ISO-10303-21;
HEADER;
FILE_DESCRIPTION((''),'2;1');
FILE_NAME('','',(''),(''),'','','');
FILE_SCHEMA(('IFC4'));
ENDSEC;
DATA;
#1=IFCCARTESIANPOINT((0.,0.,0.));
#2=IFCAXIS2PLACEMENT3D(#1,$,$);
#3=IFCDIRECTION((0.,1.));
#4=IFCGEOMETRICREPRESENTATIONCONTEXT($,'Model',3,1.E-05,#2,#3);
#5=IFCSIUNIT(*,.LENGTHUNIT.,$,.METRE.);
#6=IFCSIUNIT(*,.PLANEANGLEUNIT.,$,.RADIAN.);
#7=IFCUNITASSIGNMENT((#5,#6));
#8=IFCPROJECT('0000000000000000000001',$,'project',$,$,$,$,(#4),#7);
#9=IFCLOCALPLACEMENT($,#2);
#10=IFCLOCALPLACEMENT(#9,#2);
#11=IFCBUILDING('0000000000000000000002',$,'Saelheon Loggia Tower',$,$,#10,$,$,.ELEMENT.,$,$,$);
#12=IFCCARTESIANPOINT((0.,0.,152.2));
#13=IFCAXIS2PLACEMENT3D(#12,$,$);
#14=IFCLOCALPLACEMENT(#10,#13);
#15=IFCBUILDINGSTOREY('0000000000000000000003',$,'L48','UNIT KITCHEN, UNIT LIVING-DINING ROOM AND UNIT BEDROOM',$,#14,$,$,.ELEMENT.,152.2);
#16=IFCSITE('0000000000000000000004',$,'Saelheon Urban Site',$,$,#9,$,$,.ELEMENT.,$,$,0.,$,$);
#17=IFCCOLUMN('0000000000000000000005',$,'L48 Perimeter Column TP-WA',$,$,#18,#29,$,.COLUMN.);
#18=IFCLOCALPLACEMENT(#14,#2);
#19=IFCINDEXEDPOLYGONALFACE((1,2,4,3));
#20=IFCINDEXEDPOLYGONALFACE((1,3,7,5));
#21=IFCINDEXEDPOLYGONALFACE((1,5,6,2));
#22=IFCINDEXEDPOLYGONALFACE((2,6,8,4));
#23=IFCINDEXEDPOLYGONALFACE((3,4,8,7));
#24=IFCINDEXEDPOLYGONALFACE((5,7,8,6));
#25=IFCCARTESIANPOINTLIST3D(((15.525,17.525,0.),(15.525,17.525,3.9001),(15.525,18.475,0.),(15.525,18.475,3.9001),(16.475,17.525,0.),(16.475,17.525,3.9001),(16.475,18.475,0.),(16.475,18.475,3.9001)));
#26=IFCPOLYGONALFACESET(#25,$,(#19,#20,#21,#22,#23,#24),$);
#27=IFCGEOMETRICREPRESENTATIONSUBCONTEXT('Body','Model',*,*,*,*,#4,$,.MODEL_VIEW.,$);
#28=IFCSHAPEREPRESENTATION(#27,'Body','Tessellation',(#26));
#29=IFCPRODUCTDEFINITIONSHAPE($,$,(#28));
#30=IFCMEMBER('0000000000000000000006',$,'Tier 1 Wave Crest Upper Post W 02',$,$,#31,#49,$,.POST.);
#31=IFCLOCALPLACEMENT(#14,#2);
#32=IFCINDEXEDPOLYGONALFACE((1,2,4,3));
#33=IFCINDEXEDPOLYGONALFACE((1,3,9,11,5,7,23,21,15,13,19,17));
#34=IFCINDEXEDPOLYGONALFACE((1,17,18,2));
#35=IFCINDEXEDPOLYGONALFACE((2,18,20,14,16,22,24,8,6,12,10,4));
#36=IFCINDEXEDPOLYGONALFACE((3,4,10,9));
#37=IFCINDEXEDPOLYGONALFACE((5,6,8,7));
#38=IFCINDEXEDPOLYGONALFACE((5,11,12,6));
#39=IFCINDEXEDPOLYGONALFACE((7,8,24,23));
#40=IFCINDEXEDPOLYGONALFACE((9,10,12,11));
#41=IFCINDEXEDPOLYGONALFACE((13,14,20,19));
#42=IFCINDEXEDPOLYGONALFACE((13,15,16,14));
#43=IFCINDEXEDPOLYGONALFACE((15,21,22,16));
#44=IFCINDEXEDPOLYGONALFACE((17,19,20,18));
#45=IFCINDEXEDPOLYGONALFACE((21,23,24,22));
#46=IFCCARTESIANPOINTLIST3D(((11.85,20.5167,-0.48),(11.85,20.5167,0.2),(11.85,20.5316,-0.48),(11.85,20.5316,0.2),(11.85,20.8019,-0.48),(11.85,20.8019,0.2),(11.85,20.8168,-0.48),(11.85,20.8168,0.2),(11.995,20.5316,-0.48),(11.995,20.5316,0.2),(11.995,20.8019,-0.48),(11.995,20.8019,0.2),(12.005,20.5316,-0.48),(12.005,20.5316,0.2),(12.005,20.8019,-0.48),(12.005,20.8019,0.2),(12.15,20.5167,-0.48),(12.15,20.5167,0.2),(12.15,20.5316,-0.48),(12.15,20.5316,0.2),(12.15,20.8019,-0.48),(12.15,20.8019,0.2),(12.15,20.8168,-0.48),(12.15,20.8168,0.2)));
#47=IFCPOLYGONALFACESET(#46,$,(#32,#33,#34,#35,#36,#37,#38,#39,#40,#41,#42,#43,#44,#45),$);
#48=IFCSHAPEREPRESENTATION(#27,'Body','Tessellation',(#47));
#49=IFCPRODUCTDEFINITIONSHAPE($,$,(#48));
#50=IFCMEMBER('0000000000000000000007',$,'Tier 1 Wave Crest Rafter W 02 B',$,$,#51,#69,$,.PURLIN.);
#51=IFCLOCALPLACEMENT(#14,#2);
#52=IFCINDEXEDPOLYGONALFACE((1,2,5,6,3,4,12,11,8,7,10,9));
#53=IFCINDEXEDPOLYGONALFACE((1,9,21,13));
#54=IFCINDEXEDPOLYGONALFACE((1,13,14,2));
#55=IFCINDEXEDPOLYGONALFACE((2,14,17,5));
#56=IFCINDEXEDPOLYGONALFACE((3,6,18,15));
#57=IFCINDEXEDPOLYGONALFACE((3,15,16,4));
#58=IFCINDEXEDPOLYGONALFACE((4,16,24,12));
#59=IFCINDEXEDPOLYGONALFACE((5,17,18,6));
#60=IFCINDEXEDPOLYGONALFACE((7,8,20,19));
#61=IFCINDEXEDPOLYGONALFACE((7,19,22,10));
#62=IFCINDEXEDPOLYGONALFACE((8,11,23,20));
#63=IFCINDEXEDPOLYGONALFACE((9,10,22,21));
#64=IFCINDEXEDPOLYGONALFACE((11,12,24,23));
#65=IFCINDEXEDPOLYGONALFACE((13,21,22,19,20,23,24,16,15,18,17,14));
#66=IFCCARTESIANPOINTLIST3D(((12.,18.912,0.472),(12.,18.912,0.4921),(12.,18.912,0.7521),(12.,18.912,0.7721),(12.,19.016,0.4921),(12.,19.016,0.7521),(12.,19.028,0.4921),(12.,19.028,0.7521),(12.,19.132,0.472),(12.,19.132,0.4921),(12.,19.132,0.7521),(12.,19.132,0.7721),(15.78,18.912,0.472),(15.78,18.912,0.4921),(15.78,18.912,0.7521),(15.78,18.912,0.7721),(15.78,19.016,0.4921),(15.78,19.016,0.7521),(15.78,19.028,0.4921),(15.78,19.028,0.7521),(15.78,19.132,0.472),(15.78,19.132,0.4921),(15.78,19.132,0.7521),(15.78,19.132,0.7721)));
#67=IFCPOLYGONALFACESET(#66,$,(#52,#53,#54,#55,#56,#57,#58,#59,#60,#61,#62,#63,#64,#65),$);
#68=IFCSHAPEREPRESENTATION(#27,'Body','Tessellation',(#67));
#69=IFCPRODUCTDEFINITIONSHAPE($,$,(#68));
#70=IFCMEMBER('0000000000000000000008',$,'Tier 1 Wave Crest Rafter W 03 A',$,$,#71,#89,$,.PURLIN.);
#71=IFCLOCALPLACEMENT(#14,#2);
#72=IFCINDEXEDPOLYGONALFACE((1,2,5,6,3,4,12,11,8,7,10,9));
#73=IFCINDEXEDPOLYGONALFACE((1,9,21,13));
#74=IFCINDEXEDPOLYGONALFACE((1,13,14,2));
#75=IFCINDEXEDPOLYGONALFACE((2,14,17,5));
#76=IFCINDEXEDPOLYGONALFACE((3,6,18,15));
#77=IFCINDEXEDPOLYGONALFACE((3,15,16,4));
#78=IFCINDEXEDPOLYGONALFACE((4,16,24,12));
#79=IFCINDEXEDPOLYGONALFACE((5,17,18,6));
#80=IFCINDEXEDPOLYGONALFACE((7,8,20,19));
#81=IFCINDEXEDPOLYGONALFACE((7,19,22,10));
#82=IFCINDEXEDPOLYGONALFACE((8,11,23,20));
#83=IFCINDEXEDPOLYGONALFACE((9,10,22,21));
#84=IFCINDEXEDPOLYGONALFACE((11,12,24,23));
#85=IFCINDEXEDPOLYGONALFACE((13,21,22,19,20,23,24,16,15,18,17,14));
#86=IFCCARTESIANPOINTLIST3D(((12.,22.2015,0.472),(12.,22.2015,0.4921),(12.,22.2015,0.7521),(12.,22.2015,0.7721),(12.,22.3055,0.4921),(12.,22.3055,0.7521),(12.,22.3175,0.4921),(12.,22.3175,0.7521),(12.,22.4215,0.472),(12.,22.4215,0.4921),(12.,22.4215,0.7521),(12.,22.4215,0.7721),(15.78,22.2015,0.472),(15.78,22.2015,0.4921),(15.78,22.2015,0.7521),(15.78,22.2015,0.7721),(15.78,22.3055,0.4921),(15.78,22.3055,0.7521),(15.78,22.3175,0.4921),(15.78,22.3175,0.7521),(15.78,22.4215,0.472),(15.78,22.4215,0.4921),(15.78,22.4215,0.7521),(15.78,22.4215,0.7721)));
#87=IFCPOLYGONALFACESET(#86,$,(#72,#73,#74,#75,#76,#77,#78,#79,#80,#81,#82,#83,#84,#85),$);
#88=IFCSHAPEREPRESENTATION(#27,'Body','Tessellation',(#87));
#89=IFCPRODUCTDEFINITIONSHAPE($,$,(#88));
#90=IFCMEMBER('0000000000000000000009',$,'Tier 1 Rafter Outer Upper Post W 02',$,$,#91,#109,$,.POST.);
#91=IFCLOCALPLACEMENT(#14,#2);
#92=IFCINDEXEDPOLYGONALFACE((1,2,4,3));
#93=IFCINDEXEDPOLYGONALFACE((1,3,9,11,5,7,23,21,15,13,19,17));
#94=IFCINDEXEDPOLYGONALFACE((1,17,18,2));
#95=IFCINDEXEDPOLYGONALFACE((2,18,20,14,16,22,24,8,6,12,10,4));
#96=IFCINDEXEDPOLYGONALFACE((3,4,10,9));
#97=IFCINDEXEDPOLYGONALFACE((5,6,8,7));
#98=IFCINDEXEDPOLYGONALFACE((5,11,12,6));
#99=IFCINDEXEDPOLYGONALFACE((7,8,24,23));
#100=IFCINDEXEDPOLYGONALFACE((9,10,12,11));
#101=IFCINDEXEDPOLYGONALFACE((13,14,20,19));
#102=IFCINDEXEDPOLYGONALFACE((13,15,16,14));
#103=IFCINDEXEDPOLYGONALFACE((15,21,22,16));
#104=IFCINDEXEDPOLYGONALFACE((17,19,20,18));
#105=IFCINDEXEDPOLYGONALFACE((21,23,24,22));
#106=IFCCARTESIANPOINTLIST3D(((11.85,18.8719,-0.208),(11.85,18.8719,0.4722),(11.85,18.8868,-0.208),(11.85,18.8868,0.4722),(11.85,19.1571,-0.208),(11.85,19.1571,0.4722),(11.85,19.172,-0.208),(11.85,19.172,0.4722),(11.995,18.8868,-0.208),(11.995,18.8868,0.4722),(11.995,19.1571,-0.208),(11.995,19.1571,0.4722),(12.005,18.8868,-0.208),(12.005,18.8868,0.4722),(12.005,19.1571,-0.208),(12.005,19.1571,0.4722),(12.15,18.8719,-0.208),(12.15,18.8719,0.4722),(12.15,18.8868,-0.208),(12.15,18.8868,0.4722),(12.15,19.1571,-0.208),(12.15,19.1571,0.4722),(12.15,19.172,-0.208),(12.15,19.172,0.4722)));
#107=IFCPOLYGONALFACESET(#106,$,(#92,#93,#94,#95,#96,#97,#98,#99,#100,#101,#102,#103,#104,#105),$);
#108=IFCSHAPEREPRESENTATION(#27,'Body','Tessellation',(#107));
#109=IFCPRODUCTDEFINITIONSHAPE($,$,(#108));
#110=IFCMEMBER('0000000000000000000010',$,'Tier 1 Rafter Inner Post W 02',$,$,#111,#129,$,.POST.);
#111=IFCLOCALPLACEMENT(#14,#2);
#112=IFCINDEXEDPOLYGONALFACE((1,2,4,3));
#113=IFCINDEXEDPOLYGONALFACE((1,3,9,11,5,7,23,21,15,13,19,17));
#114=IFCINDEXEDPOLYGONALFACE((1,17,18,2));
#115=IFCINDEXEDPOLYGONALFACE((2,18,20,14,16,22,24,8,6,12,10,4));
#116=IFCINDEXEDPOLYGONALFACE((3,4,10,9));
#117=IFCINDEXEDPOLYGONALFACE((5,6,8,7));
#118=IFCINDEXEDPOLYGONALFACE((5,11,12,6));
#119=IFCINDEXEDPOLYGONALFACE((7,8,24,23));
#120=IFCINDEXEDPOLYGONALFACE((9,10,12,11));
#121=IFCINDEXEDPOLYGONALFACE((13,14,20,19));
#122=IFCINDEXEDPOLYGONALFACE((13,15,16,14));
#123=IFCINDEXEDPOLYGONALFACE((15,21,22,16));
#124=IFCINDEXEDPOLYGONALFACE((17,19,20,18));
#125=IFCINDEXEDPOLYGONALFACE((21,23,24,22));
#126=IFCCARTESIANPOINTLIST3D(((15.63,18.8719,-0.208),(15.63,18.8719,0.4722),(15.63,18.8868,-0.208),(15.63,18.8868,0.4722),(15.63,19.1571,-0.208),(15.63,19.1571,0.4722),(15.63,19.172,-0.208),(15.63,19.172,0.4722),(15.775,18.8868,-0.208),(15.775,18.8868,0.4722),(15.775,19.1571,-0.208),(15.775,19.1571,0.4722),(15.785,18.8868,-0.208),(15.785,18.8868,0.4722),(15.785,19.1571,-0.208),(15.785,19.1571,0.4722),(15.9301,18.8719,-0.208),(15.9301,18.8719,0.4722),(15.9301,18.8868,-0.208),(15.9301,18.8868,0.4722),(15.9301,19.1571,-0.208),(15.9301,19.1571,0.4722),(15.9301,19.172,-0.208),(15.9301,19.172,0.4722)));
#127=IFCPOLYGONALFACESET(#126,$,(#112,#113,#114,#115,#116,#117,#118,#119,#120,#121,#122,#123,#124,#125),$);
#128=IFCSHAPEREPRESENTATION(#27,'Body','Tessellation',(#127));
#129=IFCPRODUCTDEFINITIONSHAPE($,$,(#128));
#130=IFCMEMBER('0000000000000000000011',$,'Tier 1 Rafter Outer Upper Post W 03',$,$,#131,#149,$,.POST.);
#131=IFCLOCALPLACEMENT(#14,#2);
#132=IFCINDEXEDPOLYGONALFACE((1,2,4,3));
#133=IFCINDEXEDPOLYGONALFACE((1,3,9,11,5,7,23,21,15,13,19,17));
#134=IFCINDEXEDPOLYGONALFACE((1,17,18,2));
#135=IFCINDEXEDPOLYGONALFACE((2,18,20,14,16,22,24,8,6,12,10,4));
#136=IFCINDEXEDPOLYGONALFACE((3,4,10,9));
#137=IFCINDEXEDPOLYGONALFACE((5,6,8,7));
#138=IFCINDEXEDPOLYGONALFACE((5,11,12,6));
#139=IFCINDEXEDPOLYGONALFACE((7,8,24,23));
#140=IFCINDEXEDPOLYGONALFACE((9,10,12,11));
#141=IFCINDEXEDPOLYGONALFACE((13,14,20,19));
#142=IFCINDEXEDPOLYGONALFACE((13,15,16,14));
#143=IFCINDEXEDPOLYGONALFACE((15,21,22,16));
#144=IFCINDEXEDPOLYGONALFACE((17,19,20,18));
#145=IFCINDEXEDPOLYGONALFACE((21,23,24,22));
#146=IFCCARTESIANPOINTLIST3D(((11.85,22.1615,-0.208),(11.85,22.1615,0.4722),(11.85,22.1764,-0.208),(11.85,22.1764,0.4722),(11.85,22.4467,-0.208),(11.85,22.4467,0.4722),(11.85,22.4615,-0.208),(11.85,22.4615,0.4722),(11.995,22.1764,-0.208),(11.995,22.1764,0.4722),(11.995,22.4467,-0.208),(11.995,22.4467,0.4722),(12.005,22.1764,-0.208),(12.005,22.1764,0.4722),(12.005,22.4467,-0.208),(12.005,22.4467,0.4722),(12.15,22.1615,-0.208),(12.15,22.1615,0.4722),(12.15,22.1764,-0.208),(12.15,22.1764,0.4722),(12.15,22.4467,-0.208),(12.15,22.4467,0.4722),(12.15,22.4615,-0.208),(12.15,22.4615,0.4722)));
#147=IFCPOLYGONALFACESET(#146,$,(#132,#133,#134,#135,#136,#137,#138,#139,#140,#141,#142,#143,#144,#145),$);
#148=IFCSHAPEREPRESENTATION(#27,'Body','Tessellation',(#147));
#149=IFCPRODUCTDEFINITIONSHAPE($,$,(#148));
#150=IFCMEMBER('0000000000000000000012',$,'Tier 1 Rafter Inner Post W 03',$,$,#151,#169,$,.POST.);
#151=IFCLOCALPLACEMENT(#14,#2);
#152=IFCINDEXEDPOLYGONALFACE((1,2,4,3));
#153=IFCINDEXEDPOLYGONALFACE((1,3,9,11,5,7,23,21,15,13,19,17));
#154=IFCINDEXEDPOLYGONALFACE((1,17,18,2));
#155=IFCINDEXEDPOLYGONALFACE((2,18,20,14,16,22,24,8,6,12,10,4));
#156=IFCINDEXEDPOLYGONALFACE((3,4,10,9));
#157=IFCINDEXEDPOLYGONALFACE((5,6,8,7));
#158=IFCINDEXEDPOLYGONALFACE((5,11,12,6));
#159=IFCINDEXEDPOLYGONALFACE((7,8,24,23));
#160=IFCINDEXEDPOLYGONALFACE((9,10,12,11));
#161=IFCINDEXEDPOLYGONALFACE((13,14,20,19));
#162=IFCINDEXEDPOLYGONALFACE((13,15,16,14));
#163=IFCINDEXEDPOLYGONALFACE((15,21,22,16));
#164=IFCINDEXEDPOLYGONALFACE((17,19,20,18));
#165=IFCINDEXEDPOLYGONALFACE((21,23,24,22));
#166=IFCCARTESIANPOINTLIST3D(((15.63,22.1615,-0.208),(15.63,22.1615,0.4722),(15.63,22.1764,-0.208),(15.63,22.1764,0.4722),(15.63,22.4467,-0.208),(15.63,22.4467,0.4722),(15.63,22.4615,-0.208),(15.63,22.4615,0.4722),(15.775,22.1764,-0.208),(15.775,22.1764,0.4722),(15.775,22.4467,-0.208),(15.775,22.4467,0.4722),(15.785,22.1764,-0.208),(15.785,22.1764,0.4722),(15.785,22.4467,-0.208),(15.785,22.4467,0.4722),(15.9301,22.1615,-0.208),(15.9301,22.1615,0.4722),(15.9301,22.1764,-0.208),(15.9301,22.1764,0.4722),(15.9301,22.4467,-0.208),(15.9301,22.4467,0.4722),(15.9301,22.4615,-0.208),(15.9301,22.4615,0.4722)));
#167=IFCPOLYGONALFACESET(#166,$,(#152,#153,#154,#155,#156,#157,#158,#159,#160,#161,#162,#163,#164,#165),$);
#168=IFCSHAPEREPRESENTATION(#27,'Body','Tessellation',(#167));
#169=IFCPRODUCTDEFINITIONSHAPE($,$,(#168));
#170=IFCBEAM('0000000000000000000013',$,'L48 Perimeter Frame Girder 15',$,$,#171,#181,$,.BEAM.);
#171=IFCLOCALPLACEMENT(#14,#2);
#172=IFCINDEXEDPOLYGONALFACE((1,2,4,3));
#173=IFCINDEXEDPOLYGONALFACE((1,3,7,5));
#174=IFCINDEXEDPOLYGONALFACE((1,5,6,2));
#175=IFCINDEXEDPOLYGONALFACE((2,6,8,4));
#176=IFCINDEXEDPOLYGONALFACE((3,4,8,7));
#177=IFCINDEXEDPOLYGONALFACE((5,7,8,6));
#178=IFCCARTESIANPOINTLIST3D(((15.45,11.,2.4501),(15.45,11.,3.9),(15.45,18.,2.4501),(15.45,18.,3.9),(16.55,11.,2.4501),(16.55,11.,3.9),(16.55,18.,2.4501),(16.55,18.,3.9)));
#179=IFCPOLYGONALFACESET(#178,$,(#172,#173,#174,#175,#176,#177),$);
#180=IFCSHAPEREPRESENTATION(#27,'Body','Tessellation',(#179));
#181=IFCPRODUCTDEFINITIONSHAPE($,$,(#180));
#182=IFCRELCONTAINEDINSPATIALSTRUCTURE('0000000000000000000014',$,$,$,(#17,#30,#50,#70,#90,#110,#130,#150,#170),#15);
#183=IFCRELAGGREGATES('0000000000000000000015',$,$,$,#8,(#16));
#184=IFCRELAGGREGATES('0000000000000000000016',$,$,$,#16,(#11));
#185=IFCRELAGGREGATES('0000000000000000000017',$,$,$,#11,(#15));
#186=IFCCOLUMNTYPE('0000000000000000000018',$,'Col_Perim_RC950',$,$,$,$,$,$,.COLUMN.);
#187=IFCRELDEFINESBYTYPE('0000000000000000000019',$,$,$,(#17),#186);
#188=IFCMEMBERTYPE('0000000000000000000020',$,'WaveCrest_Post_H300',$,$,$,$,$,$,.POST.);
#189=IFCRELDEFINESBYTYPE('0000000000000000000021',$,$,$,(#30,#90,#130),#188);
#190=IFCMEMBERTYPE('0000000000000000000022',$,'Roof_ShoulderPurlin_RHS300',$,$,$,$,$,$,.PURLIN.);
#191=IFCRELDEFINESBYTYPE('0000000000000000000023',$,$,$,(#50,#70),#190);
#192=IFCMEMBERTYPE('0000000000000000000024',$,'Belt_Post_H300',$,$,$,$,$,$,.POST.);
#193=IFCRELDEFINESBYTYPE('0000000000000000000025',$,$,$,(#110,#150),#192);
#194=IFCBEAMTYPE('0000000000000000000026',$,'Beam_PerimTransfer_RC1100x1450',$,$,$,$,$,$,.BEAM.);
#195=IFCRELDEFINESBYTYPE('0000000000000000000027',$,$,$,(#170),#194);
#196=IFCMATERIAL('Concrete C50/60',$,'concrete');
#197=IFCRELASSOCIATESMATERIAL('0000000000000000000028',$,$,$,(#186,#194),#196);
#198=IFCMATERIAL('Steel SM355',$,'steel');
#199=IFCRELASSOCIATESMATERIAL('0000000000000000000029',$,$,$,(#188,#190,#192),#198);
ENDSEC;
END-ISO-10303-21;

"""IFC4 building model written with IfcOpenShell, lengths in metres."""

from ifc_helpers import new_model, si_unit, direction, frame, origin, origin_2d, place, context, subcontext, project, spatial, rectangle, i_section, extrude, source, transform, mapped, material, material_profile, profile_set, type_object, element, save


model = new_model("IFC4")

# Units and contexts
model_context = context("Model", 3, precision=1e-05, world=origin(), true_north=direction((0.0, 1.0)))
body_context = subcontext(model_context, "Body", "Model", "MODEL_VIEW")
ifc_project = project(units=[si_unit("LENGTHUNIT", "METRE"), si_unit("PLANEANGLEUNIT", "RADIAN")], contexts=[model_context])

# Site, building, storey
site_placement = place(None, origin())
site = spatial("IfcSite", under=ifc_project, at=site_placement, Name="Saelheon Urban Site", CompositionType="ELEMENT", RefElevation=0.0)
building_placement = place(site_placement, origin())
building = spatial("IfcBuilding", under=site, at=building_placement, Name="Saelheon Loggia Tower", CompositionType="ELEMENT")
storey_placement = place(building_placement, frame((0.0, 0.0, 152.2)))
storey = spatial("IfcBuildingStorey", under=building, at=storey_placement, Name="L48", Description="UNIT KITCHEN, UNIT LIVING-DINING ROOM AND UNIT BEDROOM", CompositionType="ELEMENT", Elevation=152.2)

# Column
ifc_material_1 = material(Name="Concrete C50/60", Category="concrete")
ifc_material_profile_1 = material_profile(ifc_material_1, rectangle(XDim=0.95, YDim=0.95, at=origin_2d()), Name="RC-950x950")
ifc_profile_set_1 = profile_set([ifc_material_profile_1], Name="Concrete C50/60")
column_type = type_object("IfcColumnType", Name="Col_Perim_RC950", PredefinedType="COLUMN", material=ifc_profile_set_1)
shared_shape_1 = source(origin(), body_context, "Body", "SweptSolid", [
    extrude(rectangle(XDim=0.95, YDim=0.95, at=origin_2d()), origin(), (0.0, 0.0, 1.0), 3.9001),
])
column_placement = place(storey_placement, frame((16.0, 18.0, 0.0), z_axis=(0.0, 0.0, 1.0), x_axis=(1.0, 0.0, 0.0)))
element("IfcColumn", 1, at=column_placement, inside=storey, type_object=column_type, Name="L48 Perimeter Column TP-WA", PredefinedType="COLUMN", context=body_context, shape_type="MappedRepresentation", body=[
    mapped(shared_shape_1, transform((0.0, 0.0, 0.0), scale=1.0)),
])

# Members
ifc_material_2 = material(Name="Steel SM355", Category="steel")
ifc_material_profile_2 = material_profile(ifc_material_2, i_section(OverallWidth=0.3, OverallDepth=0.3, WebThickness=0.01, FlangeThickness=0.0149, at=origin_2d()), Name="H-300x300x10x15")
ifc_profile_set_2 = profile_set([ifc_material_profile_2], Name="Steel SM355")
member_type_1 = type_object("IfcMemberType", Name="WaveCrest_Post_H300", PredefinedType="POST", material=ifc_profile_set_2)
shared_shape_2 = source(origin(), body_context, "Body", "SweptSolid", [
    extrude(i_section(OverallWidth=0.3, OverallDepth=0.3, WebThickness=0.01, FlangeThickness=0.0149, at=origin_2d()), origin(), (0.0, 0.0, 1.0), 0.6799),
])
member_1_placement = place(storey_placement, frame((12.0, 20.6667, -0.48), z_axis=(0.0, 0.0, 1.0), x_axis=(1.0, 0.0, 0.0)))
element("IfcMember", 2, at=member_1_placement, inside=storey, type_object=member_type_1, Name="Tier 1 Wave Crest Upper Post W 02", PredefinedType="POST", context=body_context, shape_type="MappedRepresentation", body=[
    mapped(shared_shape_2, transform((0.0, 0.0, 0.0), scale=1.0)),
])
ifc_material_profile_3 = material_profile(ifc_material_2, i_section(OverallWidth=0.22, OverallDepth=0.3, WebThickness=0.012, FlangeThickness=0.02, at=origin_2d()), Name="H-300x220x12x20")
ifc_profile_set_3 = profile_set([ifc_material_profile_3], Name="Steel SM355")
member_type_2 = type_object("IfcMemberType", Name="Roof_ShoulderPurlin_RHS300", PredefinedType="PURLIN", material=ifc_profile_set_3)
shared_shape_3 = source(origin(), body_context, "Body", "SweptSolid", [
    extrude(i_section(OverallWidth=0.22, OverallDepth=0.3, WebThickness=0.012, FlangeThickness=0.02, at=origin_2d()), origin(), (0.0, 0.0, 1.0), 3.78),
])
for number, where, z_axis, x_axis, name in (
    (3, (12.0, 19.022, 0.6221), (1.0, 0.0, 0.0), (0.0, 1.0, 0.0), "Tier 1 Wave Crest Rafter W 02 B"),
    (4, (12.0, 22.3115, 0.6221), (1.0, 0.0, 0.0), (0.0, 1.0, 0.0), "Tier 1 Wave Crest Rafter W 03 A"),
):
    element("IfcMember", number, at=place(storey_placement, frame(where, z_axis=z_axis, x_axis=x_axis)), inside=storey, type_object=member_type_2, Name=name, PredefinedType="PURLIN", context=body_context, shape_type="MappedRepresentation", body=[
        mapped(shared_shape_3, transform((0.0, 0.0, 0.0), scale=1.0)),
    ])
shared_shape_4 = source(origin(), body_context, "Body", "SweptSolid", [
    extrude(i_section(OverallWidth=0.3, OverallDepth=0.3, WebThickness=0.01, FlangeThickness=0.0149, at=origin_2d()), origin(), (0.0, 0.0, 1.0), 0.6802),
])
member_2_placement = place(storey_placement, frame((12.0, 19.022, -0.208), z_axis=(0.0, 0.0, 1.0), x_axis=(1.0, 0.0, 0.0)))
element("IfcMember", 5, at=member_2_placement, inside=storey, type_object=member_type_1, Name="Tier 1 Rafter Outer Upper Post W 02", PredefinedType="POST", context=body_context, shape_type="MappedRepresentation", body=[
    mapped(shared_shape_4, transform((0.0, 0.0, 0.0), scale=1.0)),
])
ifc_material_profile_4 = material_profile(ifc_material_2, i_section(OverallWidth=0.3, OverallDepth=0.3, WebThickness=0.01, FlangeThickness=0.0149, at=origin_2d()), Name="H-300x300x10x15")
ifc_profile_set_4 = profile_set([ifc_material_profile_4], Name="Steel SM355")
member_type_3 = type_object("IfcMemberType", Name="Belt_Post_H300", PredefinedType="POST", material=ifc_profile_set_4)
member_3_placement = place(storey_placement, frame((15.78, 19.022, -0.208), z_axis=(0.0, 0.0, 1.0), x_axis=(1.0, 0.0, 0.0)))
element("IfcMember", 6, at=member_3_placement, inside=storey, type_object=member_type_3, Name="Tier 1 Rafter Inner Post W 02", PredefinedType="POST", context=body_context, shape_type="MappedRepresentation", body=[
    mapped(shared_shape_4, transform((0.0, 0.0, 0.0), scale=1.0)),
])
member_4_placement = place(storey_placement, frame((12.0, 22.3115, -0.208), z_axis=(0.0, 0.0, 1.0), x_axis=(1.0, 0.0, 0.0)))
element("IfcMember", 7, at=member_4_placement, inside=storey, type_object=member_type_1, Name="Tier 1 Rafter Outer Upper Post W 03", PredefinedType="POST", context=body_context, shape_type="MappedRepresentation", body=[
    mapped(shared_shape_4, transform((0.0, 0.0, 0.0), scale=1.0)),
])
member_5_placement = place(storey_placement, frame((15.78, 22.3115, -0.208), z_axis=(0.0, 0.0, 1.0), x_axis=(1.0, 0.0, 0.0)))
element("IfcMember", 8, at=member_5_placement, inside=storey, type_object=member_type_3, Name="Tier 1 Rafter Inner Post W 03", PredefinedType="POST", context=body_context, shape_type="MappedRepresentation", body=[
    mapped(shared_shape_4, transform((0.0, 0.0, 0.0), scale=1.0)),
])

# Beam
ifc_material_profile_5 = material_profile(ifc_material_1, rectangle(XDim=1.1001, YDim=1.45, at=origin_2d()), Name="RC-1100x1450")
ifc_profile_set_5 = profile_set([ifc_material_profile_5], Name="Concrete C50/60")
beam_type = type_object("IfcBeamType", Name="Beam_PerimTransfer_RC1100x1450", PredefinedType="BEAM", material=ifc_profile_set_5)
shared_shape_5 = source(origin(), body_context, "Body", "SweptSolid", [
    extrude(rectangle(XDim=1.1001, YDim=1.45, at=origin_2d()), origin(), (0.0, 0.0, 1.0), 7.0),
])
beam_1_placement = place(storey_placement, frame((16.0, 18.0, 3.175), z_axis=(0.0, -1.0, 0.0), x_axis=(1.0, 0.0, 0.0)))
element("IfcBeam", 9, at=beam_1_placement, inside=storey, type_object=beam_type, Name="L48 Perimeter Frame Girder 15", PredefinedType="BEAM", context=body_context, shape_type="MappedRepresentation", body=[
    mapped(shared_shape_5, transform((0.0, 0.0, 0.0), scale=1.0)),
])

save(model, "model.ifc")
